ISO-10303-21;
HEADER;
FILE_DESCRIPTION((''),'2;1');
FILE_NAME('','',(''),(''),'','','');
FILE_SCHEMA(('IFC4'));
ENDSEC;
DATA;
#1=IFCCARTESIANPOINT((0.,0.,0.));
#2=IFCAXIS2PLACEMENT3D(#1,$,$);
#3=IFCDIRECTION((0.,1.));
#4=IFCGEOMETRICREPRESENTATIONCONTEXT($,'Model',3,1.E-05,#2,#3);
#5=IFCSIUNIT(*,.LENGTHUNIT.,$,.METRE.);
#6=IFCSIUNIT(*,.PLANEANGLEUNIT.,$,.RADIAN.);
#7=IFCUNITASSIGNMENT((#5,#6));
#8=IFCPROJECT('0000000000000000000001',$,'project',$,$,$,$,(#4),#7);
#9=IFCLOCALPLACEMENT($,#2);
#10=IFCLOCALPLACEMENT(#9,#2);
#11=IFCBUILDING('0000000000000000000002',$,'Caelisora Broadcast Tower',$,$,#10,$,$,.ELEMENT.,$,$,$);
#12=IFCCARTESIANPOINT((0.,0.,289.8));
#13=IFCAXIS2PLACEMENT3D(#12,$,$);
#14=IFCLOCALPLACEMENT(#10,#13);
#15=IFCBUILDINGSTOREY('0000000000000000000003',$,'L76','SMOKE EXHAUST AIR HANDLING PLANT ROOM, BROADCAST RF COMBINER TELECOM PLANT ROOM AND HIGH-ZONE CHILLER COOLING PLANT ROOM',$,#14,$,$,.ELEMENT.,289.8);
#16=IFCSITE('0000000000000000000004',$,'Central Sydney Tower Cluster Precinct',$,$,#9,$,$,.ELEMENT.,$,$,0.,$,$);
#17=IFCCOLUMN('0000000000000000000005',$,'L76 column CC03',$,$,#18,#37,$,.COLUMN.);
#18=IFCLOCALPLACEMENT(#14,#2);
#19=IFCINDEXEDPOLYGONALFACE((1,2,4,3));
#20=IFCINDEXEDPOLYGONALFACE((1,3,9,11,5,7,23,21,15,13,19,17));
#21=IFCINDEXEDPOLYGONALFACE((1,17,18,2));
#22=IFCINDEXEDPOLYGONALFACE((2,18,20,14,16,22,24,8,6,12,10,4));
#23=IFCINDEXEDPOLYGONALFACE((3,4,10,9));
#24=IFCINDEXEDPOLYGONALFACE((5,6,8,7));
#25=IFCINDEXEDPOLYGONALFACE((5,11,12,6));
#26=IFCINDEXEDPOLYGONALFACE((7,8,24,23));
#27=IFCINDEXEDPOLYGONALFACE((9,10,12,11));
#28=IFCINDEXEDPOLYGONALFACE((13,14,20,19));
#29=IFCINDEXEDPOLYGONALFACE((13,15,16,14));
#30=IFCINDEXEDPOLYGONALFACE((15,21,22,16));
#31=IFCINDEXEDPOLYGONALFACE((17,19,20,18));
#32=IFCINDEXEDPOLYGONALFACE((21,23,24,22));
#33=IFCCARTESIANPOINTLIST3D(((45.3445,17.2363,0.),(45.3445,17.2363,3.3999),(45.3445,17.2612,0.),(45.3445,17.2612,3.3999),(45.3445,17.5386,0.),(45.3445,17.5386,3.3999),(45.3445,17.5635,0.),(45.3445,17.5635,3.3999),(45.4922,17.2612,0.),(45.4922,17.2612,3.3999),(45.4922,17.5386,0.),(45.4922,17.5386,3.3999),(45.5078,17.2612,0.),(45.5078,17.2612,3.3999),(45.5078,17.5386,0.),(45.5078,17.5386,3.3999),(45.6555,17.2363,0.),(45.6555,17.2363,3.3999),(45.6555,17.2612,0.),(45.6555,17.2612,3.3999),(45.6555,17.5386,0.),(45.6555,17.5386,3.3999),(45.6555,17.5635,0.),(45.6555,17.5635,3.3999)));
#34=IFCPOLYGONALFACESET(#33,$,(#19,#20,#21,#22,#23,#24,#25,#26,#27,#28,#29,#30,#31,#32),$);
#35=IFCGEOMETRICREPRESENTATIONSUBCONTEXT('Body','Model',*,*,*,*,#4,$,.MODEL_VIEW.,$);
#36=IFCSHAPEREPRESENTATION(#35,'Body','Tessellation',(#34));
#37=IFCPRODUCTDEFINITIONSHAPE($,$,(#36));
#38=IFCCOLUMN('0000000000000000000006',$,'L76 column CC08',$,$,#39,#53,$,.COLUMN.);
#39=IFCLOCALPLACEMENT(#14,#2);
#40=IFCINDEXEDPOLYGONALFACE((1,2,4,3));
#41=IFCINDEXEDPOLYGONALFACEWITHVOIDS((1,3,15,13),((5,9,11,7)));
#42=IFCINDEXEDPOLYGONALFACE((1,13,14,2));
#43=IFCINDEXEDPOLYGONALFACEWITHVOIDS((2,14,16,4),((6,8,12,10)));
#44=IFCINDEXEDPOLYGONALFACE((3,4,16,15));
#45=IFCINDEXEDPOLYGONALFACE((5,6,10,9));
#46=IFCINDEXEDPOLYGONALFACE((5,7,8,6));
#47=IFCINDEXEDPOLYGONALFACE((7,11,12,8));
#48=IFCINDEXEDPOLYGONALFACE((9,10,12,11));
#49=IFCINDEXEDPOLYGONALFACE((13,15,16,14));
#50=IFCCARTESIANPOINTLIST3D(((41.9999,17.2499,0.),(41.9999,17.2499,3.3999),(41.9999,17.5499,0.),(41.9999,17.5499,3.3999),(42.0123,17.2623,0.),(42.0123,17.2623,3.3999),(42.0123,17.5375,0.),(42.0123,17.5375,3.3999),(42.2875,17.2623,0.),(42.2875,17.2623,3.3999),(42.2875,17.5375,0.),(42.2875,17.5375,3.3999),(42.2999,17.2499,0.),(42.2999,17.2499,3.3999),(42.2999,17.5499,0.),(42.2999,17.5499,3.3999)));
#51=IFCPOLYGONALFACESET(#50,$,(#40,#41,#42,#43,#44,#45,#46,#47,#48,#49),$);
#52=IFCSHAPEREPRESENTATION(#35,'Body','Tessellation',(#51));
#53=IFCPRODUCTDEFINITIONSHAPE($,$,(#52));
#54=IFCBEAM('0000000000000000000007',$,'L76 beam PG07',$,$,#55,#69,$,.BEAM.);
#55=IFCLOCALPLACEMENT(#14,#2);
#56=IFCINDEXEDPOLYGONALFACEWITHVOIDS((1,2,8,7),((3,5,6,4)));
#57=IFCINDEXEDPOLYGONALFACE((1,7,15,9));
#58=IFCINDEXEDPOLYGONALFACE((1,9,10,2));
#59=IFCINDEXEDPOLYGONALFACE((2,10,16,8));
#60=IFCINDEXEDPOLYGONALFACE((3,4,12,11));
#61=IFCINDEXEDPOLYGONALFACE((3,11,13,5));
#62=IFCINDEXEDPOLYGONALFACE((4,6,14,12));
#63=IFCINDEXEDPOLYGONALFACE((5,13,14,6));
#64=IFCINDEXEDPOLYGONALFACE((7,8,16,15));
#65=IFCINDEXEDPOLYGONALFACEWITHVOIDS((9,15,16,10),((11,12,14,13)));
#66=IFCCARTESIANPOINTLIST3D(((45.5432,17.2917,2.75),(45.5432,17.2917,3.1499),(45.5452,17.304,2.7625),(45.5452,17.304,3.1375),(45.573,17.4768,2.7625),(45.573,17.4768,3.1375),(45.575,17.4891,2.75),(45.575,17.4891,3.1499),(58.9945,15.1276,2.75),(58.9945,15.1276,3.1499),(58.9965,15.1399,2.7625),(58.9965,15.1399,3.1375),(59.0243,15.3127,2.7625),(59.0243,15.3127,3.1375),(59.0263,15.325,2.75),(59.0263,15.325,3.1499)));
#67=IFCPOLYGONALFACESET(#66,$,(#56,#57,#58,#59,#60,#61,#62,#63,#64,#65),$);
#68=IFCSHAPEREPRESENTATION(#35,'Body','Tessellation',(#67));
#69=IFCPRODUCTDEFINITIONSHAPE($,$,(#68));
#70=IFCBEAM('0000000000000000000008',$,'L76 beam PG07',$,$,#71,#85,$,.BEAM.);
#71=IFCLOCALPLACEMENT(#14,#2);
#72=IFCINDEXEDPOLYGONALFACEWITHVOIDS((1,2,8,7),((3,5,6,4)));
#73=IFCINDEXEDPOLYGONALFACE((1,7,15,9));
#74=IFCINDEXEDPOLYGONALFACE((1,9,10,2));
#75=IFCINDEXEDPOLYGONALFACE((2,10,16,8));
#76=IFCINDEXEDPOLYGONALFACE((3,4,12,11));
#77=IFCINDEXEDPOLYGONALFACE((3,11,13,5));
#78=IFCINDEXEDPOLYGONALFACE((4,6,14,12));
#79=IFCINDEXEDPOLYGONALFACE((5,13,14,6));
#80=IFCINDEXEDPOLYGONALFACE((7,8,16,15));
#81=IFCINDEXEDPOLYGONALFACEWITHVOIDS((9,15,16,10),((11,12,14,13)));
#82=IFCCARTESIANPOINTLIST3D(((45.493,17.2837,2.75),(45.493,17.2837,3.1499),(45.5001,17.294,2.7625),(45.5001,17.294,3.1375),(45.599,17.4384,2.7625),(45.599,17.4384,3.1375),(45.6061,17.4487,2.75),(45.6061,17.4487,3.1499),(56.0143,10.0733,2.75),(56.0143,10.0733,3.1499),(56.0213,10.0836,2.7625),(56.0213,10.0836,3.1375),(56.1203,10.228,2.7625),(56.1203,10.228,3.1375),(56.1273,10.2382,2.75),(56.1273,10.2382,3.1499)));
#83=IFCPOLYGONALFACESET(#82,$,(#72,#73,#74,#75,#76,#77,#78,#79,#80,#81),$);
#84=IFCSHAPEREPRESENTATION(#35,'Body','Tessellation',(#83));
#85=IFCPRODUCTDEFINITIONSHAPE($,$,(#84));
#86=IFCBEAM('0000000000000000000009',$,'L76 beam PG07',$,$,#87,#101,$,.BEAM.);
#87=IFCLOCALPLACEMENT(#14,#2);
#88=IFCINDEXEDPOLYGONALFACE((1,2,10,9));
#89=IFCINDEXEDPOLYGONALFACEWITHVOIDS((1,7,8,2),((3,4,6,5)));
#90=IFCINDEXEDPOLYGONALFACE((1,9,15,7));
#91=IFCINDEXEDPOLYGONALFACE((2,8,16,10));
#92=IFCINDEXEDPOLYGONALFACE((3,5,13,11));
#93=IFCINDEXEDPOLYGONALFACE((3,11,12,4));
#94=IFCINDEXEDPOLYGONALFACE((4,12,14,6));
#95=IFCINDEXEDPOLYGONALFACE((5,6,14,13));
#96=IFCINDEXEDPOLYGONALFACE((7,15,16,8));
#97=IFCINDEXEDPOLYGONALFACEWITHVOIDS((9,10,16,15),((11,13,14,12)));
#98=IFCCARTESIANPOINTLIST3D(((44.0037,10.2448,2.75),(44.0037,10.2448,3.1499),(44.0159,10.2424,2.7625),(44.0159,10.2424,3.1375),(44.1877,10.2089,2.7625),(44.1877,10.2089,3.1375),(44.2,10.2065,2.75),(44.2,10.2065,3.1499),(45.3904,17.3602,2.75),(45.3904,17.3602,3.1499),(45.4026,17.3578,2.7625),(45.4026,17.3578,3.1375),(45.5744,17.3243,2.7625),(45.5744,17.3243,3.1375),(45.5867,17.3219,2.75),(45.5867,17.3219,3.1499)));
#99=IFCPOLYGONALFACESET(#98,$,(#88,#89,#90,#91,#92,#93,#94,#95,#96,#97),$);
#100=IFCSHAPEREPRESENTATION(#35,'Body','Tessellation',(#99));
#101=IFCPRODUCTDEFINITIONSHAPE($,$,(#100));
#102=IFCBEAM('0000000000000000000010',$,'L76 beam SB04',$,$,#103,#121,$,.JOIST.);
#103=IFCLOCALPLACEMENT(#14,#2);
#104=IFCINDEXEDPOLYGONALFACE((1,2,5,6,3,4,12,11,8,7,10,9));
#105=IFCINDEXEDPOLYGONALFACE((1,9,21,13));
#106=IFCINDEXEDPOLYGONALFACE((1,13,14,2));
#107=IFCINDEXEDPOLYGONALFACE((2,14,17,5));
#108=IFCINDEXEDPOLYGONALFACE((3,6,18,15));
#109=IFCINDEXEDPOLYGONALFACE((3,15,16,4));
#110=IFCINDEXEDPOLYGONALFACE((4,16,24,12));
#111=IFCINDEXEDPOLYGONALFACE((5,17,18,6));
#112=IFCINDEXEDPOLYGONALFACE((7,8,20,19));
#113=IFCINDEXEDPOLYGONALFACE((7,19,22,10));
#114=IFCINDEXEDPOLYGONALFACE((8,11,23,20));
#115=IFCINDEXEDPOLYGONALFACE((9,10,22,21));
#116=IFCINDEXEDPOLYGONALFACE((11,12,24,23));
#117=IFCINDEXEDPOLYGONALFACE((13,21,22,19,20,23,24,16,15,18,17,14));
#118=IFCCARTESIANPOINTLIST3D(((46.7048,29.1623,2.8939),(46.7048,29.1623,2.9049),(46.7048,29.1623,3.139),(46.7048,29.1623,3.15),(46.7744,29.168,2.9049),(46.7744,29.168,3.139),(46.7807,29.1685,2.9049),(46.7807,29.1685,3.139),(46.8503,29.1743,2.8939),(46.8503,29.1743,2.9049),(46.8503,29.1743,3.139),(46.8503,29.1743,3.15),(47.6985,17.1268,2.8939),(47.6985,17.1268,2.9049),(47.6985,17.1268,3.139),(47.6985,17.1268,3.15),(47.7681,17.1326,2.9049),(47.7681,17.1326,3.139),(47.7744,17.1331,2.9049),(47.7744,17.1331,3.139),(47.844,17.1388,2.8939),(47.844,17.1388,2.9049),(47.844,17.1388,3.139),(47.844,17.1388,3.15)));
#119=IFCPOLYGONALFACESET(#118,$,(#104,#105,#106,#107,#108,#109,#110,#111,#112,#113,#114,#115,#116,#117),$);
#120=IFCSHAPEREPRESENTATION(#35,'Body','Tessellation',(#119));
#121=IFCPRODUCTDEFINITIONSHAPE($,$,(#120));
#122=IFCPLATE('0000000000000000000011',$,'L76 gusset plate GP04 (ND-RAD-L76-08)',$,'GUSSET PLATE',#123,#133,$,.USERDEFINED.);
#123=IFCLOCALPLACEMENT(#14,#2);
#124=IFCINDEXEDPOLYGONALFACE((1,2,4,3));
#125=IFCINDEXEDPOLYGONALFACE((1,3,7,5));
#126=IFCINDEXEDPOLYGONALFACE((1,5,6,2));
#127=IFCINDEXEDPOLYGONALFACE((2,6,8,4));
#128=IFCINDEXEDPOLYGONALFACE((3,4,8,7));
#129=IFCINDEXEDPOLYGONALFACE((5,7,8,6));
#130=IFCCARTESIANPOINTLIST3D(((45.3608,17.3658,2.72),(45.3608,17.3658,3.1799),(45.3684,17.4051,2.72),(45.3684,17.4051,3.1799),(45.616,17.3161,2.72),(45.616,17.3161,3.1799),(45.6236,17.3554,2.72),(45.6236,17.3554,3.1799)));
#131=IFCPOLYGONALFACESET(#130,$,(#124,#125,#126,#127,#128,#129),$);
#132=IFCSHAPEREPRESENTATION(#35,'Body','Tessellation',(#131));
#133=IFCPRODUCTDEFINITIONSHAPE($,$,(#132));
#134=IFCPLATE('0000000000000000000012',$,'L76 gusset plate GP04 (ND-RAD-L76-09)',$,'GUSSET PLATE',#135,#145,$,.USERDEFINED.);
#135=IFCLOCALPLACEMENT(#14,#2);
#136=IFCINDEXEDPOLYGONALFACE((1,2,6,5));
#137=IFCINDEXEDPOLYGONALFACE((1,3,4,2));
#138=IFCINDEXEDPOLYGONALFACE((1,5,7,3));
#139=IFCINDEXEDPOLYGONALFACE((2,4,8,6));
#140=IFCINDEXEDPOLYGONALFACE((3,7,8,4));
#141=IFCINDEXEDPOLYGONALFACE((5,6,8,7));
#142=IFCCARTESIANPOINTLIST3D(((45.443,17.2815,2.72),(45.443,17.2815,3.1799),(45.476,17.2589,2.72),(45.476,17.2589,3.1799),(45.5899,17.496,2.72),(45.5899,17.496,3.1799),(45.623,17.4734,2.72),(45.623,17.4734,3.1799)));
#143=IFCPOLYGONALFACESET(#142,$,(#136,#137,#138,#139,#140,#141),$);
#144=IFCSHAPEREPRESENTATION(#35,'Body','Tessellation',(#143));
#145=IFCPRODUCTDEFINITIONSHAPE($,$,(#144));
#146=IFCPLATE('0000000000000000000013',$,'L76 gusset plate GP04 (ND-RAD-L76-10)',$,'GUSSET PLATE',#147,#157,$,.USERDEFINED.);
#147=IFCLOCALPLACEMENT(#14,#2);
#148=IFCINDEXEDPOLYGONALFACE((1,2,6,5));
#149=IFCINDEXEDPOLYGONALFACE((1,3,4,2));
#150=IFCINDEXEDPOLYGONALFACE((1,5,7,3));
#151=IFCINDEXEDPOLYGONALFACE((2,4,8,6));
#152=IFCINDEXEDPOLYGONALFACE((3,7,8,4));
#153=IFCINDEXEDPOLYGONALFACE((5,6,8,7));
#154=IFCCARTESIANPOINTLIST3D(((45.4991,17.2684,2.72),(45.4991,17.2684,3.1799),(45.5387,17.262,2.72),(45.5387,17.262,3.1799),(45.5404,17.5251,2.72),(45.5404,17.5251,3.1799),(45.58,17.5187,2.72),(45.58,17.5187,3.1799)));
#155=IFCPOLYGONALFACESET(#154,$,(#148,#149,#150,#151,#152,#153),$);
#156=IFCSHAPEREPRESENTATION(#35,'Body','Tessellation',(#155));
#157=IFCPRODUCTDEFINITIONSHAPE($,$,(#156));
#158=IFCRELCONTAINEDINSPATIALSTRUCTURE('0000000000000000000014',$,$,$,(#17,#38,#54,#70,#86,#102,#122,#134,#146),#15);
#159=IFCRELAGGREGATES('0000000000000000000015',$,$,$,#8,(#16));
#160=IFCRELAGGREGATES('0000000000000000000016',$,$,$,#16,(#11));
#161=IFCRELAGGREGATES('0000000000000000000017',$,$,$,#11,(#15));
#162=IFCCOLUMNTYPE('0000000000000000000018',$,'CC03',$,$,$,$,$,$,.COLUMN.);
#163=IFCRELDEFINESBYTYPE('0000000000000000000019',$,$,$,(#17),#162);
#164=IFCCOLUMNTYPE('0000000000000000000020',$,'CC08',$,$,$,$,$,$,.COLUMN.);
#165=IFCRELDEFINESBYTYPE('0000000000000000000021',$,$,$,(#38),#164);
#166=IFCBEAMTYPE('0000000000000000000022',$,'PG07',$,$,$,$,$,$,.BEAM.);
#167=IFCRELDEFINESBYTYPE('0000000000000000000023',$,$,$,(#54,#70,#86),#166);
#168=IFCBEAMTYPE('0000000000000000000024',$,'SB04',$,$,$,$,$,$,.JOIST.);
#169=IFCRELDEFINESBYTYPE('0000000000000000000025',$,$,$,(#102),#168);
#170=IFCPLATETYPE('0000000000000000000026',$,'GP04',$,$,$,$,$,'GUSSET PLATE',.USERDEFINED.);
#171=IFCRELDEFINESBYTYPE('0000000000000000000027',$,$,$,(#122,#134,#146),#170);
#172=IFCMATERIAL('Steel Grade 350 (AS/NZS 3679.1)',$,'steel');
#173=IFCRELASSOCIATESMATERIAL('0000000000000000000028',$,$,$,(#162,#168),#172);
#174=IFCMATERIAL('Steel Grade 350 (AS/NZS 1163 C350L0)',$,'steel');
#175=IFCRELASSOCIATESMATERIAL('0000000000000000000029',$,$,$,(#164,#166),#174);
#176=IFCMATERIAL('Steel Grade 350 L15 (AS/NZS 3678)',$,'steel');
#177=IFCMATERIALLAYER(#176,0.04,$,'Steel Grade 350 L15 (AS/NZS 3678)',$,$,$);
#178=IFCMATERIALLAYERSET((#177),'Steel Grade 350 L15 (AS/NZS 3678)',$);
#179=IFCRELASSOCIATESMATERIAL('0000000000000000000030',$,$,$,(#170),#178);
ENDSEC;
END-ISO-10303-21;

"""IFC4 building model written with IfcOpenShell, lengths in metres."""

from ifc_helpers import new_model, si_unit, direction, frame, origin, origin_2d, place, context, subcontext, project, spatial, rectangle, hollow_rectangle, i_section, extrude, source, transform, mapped, material, layer, layer_set, material_profile, profile_set, type_object, type_shapes, element, save


model = new_model("IFC4")

# Units and contexts
model_context = context("Model", 3, precision=1e-05, world=origin(), true_north=direction((0.0, 1.0)))
body_context = subcontext(model_context, "Body", "Model", "MODEL_VIEW")
ifc_project = project(units=[si_unit("LENGTHUNIT", "METRE"), si_unit("PLANEANGLEUNIT", "RADIAN")], contexts=[model_context])

# Site, building, storey
site_placement = place(None, origin())
site = spatial("IfcSite", under=ifc_project, at=site_placement, Name="Central Sydney Tower Cluster Precinct", CompositionType="ELEMENT", RefElevation=0.0)
building_placement = place(site_placement, origin())
building = spatial("IfcBuilding", under=site, at=building_placement, Name="Caelisora Broadcast Tower", CompositionType="ELEMENT")
storey_placement = place(building_placement, frame((0.0, 0.0, 289.8)))
storey = spatial("IfcBuildingStorey", under=building, at=storey_placement, Name="L76", Description="SMOKE EXHAUST AIR HANDLING PLANT ROOM, BROADCAST RF COMBINER TELECOM PLANT ROOM AND HIGH-ZONE CHILLER COOLING PLANT ROOM", CompositionType="ELEMENT", Elevation=289.8)

# Columns
ifc_material_1 = material(Name="Steel Grade 350 (AS/NZS 3679.1)", Category="steel")
ifc_material_profile_1 = material_profile(ifc_material_1, i_section(OverallWidth=0.311, OverallDepth=0.3271, WebThickness=0.0156, FlangeThickness=0.0249, at=origin_2d()), Name="Steel Grade 350 (AS/NZS 3679.1)")
ifc_profile_set_1 = profile_set([ifc_material_profile_1], Name="Steel Grade 350 (AS/NZS 3679.1)")
column_type_1 = type_object("IfcColumnType", Name="CC03", PredefinedType="COLUMN", material=ifc_profile_set_1)
shared_shape_1 = source(origin(), body_context, "Body", "SweptSolid", [
    extrude(i_section(OverallWidth=0.311, OverallDepth=0.3271, WebThickness=0.0156, FlangeThickness=0.0249, at=origin_2d()), origin(), (0.0, 0.0, 1.0), 3.3999),
])
type_shapes(column_type_1, [shared_shape_1])
column_1_placement = place(storey_placement, frame((45.5, 17.3999, 0.0), z_axis=(0.0, 0.0, 1.0), x_axis=(1.0, 0.0, 0.0)))
element("IfcColumn", 1, at=column_1_placement, inside=storey, type_object=column_type_1, Name="L76 column CC03", PredefinedType="COLUMN", context=body_context, shape_type="MappedRepresentation", body=[
    mapped(shared_shape_1, transform((0.0, 0.0, 0.0), scale=1.0)),
])
ifc_material_2 = material(Name="Steel Grade 350 (AS/NZS 1163 C350L0)", Category="steel")
ifc_material_profile_2 = material_profile(ifc_material_2, hollow_rectangle(XDim=0.3, YDim=0.3, WallThickness=0.0125, at=origin_2d()), Name="Steel Grade 350 (AS/NZS 1163 C350L0)")
ifc_profile_set_2 = profile_set([ifc_material_profile_2], Name="Steel Grade 350 (AS/NZS 1163 C350L0)")
column_type_2 = type_object("IfcColumnType", Name="CC08", PredefinedType="COLUMN", material=ifc_profile_set_2)
shared_shape_2 = source(origin(), body_context, "Body", "SweptSolid", [
    extrude(hollow_rectangle(XDim=0.3, YDim=0.3, WallThickness=0.0125, at=origin_2d()), origin(), (0.0, 0.0, 1.0), 3.3999),
])
type_shapes(column_type_2, [shared_shape_2])
column_2_placement = place(storey_placement, frame((42.1499, 17.3999, 0.0), z_axis=(0.0, 0.0, 1.0), x_axis=(1.0, 0.0, 0.0)))
element("IfcColumn", 2, at=column_2_placement, inside=storey, type_object=column_type_2, Name="L76 column CC08", PredefinedType="COLUMN", context=body_context, shape_type="MappedRepresentation", body=[
    mapped(shared_shape_2, transform((0.0, 0.0, 0.0), scale=1.0)),
])

# Beams
ifc_material_profile_3 = material_profile(ifc_material_2, hollow_rectangle(XDim=0.2, YDim=0.3999, WallThickness=0.0125, at=origin_2d()), Name="Steel Grade 350 (AS/NZS 1163 C350L0)")
ifc_profile_set_3 = profile_set([ifc_material_profile_3], Name="Steel Grade 350 (AS/NZS 1163 C350L0)")
beam_type_1 = type_object("IfcBeamType", Name="PG07", PredefinedType="BEAM", material=ifc_profile_set_3)
shared_shape_3 = source(origin(), body_context, "Body", "SweptSolid", [
    extrude(hollow_rectangle(XDim=0.2, YDim=0.3999, WallThickness=0.0125, at=origin_2d()), origin(), (0.0, 0.0, 1.0), 13.6243),
])
beam_1_placement = place(storey_placement, frame((45.5591, 17.3904, 2.95), z_axis=(0.987305, -0.158837, 0.0), x_axis=(0.158837, 0.987305, 0.0)))
element("IfcBeam", 3, at=beam_1_placement, inside=storey, type_object=beam_type_1, Name="L76 beam PG07", PredefinedType="BEAM", context=body_context, shape_type="MappedRepresentation", body=[
    mapped(shared_shape_3, transform((0.0, 0.0, 0.0), scale=1.0)),
])
shared_shape_4 = source(origin(), body_context, "Body", "SweptSolid", [
    extrude(hollow_rectangle(XDim=0.2, YDim=0.3999, WallThickness=0.0125, at=origin_2d()), origin(), (0.0, 0.0, 1.0), 12.7549),
])
beam_2_placement = place(storey_placement, frame((45.5496, 17.3662, 2.95), z_axis=(0.824879, -0.565309, 0.0), x_axis=(0.565309, 0.824879, 0.0)))
element("IfcBeam", 4, at=beam_2_placement, inside=storey, type_object=beam_type_1, Name="L76 beam PG07", PredefinedType="BEAM", context=body_context, shape_type="MappedRepresentation", body=[
    mapped(shared_shape_4, transform((0.0, 0.0, 0.0), scale=1.0)),
])
shared_shape_5 = source(origin(), body_context, "Body", "SweptSolid", [
    extrude(hollow_rectangle(XDim=0.2, YDim=0.3999, WallThickness=0.0125, at=origin_2d()), origin(), (0.0, 0.0, 1.0), 7.2493),
])
type_shapes(beam_type_1, [shared_shape_3, shared_shape_4, shared_shape_5])
beam_3_placement = place(storey_placement, frame((45.4885, 17.3411, 2.95), z_axis=(-0.191289, -0.981534, 0.0), x_axis=(0.981534, -0.191289, 0.0)))
element("IfcBeam", 5, at=beam_3_placement, inside=storey, type_object=beam_type_1, Name="L76 beam PG07", PredefinedType="BEAM", context=body_context, shape_type="MappedRepresentation", body=[
    mapped(shared_shape_5, transform((0.0, 0.0, 0.0), scale=1.0)),
])
ifc_material_profile_4 = material_profile(ifc_material_1, i_section(OverallWidth=0.146, OverallDepth=0.2561, WebThickness=0.0063, FlangeThickness=0.011, at=origin_2d()), Name="Steel Grade 350 (AS/NZS 3679.1)")
ifc_profile_set_4 = profile_set([ifc_material_profile_4], Name="Steel Grade 350 (AS/NZS 3679.1)")
beam_type_2 = type_object("IfcBeamType", Name="SB04", PredefinedType="JOIST", material=ifc_profile_set_4)
shared_shape_6 = source(origin(), body_context, "Body", "SweptSolid", [
    extrude(i_section(OverallWidth=0.146, OverallDepth=0.2561, WebThickness=0.0063, FlangeThickness=0.011, at=origin_2d()), origin(), (0.0, 0.0, 1.0), 12.0764),
])
type_shapes(beam_type_2, [shared_shape_6])
beam_4_placement = place(storey_placement, frame((47.7712, 17.1328, 3.022), z_axis=(-0.082281, 0.996609, 0.0), x_axis=(-0.996609, -0.082281, 0.0)))
element("IfcBeam", 6, at=beam_4_placement, inside=storey, type_object=beam_type_2, Name="L76 beam SB04", PredefinedType="JOIST", context=body_context, shape_type="MappedRepresentation", body=[
    mapped(shared_shape_6, transform((0.0, 0.0, 0.0), scale=1.0)),
])

# Plates
ifc_material_3 = material(Name="Steel Grade 350 L15 (AS/NZS 3678)", Category="steel")
ifc_layer_1 = layer(ifc_material_3, 0.04, Name="Steel Grade 350 L15 (AS/NZS 3678)")
ifc_layer_set_1 = layer_set([ifc_layer_1], Name="Steel Grade 350 L15 (AS/NZS 3678)")
plate_type = type_object("IfcPlateType", Name="GP04", ElementType="GUSSET PLATE", PredefinedType="USERDEFINED", material=ifc_layer_set_1)
shared_shape_7 = source(origin(), body_context, "Body", "SweptSolid", [
    extrude(rectangle(XDim=0.26, YDim=0.04, at=origin_2d()), origin(), (0.0, 0.0, 1.0), 0.46),
])
type_shapes(plate_type, [shared_shape_7])
for number, where, z_axis, x_axis, name in (
    (7, (45.4922, 17.3606, 2.72), (0.0, 0.0, 1.0), (0.981527, -0.191323, 0.0), "L76 gusset plate GP04 (ND-RAD-L76-08)"),
    (8, (45.533, 17.3774, 2.72), (0.0, 0.0, 1.0), (0.565255, 0.824916, 0.0), "L76 gusset plate GP04 (ND-RAD-L76-09)"),
    (9, (45.5396, 17.3936, 2.72), (0.0, 0.0, 1.0), (0.158847, 0.987303, 0.0), "L76 gusset plate GP04 (ND-RAD-L76-10)"),
):
    element("IfcPlate", number, at=place(storey_placement, frame(where, z_axis=z_axis, x_axis=x_axis)), inside=storey, type_object=plate_type, Name=name, ObjectType="GUSSET PLATE", PredefinedType="USERDEFINED", context=body_context, shape_type="MappedRepresentation", body=[
        mapped(shared_shape_7, transform((0.0, 0.0, 0.0), scale=1.0)),
    ])

save(model, "model.ifc")
